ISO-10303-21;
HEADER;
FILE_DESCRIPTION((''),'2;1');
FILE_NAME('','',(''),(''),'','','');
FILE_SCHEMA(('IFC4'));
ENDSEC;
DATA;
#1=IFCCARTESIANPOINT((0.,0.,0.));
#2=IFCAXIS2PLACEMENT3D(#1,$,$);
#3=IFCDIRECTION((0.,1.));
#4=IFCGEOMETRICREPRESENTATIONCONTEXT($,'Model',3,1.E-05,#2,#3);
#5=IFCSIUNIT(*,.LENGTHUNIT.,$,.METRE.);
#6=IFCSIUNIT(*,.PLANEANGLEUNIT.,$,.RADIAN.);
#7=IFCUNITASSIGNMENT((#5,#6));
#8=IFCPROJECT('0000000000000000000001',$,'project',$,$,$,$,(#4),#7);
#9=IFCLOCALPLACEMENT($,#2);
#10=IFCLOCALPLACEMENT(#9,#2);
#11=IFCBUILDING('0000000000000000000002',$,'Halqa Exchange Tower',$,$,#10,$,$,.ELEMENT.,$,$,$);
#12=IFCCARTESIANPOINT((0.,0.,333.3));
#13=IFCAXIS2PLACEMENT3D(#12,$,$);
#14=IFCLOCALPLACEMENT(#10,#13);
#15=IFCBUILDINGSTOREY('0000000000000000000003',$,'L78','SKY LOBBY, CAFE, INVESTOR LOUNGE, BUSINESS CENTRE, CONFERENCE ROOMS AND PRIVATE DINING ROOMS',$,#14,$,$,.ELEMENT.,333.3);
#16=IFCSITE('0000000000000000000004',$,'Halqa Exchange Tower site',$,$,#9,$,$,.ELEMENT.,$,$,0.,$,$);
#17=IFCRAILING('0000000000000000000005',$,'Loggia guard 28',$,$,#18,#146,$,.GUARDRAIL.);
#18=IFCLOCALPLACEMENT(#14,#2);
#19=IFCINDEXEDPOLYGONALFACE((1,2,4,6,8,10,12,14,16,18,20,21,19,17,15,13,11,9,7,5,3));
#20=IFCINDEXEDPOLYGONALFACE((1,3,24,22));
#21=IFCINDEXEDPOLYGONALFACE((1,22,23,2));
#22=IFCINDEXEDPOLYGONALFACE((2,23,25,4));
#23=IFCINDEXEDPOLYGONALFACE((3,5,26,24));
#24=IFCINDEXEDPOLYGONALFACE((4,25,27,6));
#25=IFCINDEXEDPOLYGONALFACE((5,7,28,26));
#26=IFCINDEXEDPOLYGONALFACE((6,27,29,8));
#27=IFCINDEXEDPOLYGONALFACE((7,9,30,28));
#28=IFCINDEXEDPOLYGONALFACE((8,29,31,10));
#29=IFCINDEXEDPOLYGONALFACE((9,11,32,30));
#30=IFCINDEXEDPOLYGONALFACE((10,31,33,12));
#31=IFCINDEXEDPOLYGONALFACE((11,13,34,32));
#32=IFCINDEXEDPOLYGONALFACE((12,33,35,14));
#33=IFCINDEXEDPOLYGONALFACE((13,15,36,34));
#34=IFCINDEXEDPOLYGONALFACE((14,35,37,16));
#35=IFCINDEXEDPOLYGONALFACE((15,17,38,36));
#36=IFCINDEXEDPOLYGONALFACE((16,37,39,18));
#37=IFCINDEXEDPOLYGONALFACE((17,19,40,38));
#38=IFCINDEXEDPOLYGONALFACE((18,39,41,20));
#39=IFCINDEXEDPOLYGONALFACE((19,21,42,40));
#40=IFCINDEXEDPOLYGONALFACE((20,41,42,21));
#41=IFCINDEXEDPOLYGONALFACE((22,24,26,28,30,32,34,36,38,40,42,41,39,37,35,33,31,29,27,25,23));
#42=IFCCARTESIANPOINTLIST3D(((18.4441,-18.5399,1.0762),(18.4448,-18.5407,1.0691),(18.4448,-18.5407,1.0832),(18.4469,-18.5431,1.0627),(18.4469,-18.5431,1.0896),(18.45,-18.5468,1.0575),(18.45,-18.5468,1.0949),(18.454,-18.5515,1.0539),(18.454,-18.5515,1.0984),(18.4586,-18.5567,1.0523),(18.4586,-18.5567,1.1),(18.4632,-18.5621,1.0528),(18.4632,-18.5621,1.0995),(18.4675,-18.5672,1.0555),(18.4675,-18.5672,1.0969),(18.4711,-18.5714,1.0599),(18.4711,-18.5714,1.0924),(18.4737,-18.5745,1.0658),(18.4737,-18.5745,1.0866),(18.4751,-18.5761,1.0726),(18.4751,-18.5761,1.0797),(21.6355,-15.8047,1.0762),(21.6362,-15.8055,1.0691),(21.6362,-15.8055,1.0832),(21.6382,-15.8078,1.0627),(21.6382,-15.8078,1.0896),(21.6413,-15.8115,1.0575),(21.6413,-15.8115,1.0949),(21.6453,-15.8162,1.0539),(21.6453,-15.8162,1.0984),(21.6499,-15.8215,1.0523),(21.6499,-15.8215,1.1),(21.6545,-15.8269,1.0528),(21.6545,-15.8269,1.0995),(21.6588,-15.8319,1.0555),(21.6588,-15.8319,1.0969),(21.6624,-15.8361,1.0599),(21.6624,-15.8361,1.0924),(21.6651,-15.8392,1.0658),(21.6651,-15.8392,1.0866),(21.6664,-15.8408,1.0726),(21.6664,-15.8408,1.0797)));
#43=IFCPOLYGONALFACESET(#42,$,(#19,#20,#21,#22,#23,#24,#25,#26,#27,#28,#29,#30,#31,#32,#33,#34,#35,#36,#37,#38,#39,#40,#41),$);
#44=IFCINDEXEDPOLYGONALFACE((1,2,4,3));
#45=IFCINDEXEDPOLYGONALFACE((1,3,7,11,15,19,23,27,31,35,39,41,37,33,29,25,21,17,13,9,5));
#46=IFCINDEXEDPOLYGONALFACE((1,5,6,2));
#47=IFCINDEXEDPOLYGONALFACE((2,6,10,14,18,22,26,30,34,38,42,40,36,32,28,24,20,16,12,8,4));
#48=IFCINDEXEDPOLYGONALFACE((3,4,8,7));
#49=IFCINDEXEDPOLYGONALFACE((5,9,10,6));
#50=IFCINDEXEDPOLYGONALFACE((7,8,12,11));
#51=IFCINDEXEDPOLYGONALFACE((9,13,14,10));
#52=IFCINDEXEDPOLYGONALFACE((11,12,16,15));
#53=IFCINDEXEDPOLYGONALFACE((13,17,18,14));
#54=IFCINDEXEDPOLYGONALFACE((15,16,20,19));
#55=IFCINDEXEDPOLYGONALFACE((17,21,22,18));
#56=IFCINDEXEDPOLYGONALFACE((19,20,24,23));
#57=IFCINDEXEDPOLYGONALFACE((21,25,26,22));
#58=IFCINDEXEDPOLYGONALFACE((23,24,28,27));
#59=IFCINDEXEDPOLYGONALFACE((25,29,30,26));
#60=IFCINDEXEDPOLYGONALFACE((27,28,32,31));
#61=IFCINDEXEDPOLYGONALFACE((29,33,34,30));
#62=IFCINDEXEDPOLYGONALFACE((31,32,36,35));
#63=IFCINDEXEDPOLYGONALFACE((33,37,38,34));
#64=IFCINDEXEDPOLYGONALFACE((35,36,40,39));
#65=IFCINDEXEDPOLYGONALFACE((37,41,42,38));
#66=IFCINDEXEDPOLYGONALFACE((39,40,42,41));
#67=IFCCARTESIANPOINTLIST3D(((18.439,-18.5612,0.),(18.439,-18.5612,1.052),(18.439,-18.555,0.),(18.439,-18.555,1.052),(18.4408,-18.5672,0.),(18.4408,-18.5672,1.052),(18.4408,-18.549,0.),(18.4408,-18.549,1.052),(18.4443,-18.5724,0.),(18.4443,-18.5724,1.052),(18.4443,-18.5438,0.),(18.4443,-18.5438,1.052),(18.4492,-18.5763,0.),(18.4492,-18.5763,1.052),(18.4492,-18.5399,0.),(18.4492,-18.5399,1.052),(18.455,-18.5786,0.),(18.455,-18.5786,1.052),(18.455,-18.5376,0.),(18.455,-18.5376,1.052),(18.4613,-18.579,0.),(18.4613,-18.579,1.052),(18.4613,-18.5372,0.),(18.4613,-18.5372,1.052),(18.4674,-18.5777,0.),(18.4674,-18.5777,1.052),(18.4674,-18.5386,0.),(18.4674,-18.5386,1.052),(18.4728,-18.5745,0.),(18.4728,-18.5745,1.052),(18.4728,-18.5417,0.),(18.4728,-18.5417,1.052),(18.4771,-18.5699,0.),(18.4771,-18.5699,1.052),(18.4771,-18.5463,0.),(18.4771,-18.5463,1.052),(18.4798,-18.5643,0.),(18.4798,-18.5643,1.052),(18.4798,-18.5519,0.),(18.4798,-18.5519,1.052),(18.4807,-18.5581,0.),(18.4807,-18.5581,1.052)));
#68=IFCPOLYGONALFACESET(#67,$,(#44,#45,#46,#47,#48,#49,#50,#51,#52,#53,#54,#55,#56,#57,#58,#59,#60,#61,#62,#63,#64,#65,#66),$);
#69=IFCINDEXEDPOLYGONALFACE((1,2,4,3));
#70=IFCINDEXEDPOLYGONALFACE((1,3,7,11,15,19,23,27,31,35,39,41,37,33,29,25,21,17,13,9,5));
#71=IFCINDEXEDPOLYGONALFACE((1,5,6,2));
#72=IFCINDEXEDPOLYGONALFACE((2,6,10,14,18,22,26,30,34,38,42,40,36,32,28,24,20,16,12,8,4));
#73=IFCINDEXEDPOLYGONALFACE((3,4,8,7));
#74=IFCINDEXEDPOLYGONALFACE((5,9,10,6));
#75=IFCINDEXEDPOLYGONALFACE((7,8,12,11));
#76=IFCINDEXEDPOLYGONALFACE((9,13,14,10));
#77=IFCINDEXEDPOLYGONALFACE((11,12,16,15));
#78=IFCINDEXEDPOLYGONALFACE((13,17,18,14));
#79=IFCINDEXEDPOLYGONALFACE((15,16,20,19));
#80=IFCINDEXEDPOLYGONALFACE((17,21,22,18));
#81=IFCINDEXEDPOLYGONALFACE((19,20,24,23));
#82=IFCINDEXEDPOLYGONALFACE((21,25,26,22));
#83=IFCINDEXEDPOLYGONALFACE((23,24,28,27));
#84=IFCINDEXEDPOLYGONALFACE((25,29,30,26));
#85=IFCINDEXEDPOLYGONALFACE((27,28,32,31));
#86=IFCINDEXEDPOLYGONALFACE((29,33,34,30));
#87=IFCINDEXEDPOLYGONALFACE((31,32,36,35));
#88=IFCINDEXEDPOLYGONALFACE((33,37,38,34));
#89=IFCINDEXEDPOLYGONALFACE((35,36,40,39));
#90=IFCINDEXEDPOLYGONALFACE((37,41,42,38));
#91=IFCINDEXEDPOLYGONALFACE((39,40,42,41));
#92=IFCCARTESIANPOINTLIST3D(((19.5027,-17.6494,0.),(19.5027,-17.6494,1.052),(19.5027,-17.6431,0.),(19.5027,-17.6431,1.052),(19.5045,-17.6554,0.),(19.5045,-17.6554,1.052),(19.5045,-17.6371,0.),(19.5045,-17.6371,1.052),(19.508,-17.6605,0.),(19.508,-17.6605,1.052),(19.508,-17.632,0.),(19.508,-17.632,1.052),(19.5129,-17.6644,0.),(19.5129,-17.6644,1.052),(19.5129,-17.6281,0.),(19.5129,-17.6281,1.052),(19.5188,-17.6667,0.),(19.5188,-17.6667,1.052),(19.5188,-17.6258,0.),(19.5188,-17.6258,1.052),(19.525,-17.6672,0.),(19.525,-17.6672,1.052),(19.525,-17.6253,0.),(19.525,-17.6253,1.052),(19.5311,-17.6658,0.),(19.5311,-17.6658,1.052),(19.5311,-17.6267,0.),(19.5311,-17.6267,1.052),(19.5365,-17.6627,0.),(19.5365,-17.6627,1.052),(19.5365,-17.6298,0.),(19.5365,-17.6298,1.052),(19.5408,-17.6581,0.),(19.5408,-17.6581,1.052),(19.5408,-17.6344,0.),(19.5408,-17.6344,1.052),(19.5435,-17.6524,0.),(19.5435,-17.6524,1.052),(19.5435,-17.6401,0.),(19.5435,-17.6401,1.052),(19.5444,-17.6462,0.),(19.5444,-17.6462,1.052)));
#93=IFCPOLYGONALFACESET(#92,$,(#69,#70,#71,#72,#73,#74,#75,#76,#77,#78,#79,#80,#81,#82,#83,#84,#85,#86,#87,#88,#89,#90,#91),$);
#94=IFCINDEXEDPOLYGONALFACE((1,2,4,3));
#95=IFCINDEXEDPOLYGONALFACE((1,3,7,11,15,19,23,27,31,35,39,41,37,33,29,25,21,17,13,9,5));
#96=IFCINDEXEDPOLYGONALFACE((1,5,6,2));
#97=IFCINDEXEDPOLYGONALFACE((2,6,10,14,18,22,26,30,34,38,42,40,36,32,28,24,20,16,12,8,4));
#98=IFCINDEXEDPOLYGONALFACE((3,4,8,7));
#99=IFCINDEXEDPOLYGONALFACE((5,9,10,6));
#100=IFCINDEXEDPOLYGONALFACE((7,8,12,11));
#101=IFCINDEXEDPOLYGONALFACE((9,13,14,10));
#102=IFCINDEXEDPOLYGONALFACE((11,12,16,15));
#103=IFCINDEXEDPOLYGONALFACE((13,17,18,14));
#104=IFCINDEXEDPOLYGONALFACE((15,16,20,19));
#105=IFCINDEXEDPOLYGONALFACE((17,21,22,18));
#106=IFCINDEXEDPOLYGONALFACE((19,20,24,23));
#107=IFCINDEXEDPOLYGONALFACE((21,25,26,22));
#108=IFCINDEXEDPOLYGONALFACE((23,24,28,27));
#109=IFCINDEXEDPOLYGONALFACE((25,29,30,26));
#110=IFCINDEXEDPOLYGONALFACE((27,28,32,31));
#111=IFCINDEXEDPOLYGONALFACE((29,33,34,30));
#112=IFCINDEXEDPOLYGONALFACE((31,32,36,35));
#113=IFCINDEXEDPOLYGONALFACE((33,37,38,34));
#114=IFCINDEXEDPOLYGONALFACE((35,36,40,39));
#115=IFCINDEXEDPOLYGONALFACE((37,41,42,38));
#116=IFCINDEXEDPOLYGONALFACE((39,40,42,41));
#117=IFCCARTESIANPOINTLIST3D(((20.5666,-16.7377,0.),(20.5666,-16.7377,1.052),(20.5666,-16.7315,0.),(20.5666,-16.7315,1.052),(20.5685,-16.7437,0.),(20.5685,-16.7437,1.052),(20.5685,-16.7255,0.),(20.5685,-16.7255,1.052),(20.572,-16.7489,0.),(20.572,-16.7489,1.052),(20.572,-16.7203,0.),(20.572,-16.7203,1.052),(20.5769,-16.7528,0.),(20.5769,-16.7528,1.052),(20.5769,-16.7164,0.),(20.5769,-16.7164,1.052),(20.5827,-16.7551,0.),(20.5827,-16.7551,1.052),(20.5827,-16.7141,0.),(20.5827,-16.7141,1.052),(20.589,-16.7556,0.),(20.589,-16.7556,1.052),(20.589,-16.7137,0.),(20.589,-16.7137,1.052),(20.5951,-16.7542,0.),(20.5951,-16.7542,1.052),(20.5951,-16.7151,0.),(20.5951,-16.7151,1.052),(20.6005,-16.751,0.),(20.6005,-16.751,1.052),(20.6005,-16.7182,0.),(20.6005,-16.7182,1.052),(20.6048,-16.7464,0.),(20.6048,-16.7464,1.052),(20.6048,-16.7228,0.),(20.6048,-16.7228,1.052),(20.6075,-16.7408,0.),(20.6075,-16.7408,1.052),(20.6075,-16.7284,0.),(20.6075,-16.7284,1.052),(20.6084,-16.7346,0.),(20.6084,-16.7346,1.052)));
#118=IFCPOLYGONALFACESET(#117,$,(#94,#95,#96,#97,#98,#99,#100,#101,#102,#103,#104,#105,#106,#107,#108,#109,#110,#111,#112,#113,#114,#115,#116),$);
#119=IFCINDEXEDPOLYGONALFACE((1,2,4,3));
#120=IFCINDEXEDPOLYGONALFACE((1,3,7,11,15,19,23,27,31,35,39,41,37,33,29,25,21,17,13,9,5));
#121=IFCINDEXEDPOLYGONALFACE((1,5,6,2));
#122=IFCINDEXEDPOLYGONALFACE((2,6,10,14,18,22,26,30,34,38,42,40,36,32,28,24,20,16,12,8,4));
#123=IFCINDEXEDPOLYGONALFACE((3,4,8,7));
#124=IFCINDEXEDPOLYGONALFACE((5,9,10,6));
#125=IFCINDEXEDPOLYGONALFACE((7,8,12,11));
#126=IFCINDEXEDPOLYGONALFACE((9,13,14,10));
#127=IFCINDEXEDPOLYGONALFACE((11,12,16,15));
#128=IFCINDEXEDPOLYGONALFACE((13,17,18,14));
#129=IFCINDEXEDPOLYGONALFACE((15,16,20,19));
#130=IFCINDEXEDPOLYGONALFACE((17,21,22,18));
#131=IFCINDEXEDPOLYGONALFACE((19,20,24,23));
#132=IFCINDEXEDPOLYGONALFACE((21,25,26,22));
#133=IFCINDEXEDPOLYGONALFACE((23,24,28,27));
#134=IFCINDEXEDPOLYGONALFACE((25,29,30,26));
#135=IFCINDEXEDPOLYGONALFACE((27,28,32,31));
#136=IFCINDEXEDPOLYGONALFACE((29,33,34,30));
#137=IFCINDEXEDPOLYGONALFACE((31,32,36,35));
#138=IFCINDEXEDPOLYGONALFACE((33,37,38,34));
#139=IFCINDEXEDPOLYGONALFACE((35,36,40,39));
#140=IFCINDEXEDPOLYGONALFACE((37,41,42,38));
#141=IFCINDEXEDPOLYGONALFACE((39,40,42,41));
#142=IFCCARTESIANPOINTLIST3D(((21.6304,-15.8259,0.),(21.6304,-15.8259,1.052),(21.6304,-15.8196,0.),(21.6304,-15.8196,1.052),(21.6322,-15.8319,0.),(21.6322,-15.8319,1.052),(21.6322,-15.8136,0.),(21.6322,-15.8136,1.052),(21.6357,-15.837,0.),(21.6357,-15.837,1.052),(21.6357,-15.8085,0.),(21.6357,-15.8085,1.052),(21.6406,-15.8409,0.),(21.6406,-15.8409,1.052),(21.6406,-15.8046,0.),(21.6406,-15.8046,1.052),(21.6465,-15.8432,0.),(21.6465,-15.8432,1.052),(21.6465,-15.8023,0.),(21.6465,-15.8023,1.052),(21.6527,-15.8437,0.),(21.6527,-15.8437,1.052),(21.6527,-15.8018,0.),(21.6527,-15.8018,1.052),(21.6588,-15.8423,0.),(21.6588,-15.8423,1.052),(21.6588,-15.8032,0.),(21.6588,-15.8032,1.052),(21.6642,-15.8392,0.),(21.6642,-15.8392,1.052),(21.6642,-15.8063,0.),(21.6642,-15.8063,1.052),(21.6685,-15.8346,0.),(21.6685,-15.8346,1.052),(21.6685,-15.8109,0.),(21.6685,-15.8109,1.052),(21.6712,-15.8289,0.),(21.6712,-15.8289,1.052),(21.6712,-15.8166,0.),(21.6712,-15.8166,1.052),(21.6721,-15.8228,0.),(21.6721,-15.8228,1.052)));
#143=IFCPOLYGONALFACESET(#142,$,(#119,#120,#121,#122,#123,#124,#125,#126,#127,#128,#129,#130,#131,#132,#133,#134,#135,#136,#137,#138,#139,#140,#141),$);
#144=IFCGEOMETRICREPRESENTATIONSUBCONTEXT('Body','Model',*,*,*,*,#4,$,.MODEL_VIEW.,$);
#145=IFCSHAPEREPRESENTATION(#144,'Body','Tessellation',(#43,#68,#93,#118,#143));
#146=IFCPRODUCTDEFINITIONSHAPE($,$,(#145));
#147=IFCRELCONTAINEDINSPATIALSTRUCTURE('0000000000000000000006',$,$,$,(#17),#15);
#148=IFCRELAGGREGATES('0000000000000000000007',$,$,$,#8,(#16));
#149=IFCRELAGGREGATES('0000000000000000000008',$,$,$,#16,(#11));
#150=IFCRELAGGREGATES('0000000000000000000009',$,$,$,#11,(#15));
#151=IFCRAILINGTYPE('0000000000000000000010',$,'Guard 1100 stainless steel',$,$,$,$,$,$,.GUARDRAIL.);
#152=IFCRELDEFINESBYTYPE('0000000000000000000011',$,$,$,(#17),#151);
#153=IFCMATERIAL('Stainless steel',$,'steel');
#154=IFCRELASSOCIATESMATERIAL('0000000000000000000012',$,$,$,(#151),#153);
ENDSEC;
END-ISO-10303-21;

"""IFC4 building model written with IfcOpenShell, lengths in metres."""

from ifc_helpers import new_model, si_unit, direction, frame, origin, origin_2d, place, context, subcontext, project, spatial, circle, extrude, material, type_object, element, save


model = new_model("IFC4")

# Units and contexts
model_context = context("Model", 3, precision=1e-05, world=origin(), true_north=direction((0.0, 1.0)))
body_context = subcontext(model_context, "Body", "Model", "MODEL_VIEW")
ifc_project = project(units=[si_unit("LENGTHUNIT", "METRE"), si_unit("PLANEANGLEUNIT", "RADIAN")], contexts=[model_context])

# Site, building, storey
site_placement = place(None, origin())
site = spatial("IfcSite", under=ifc_project, at=site_placement, Name="Halqa Exchange Tower site", CompositionType="ELEMENT", RefElevation=0.0)
building_placement = place(site_placement, origin())
building = spatial("IfcBuilding", under=site, at=building_placement, Name="Halqa Exchange Tower", CompositionType="ELEMENT")
storey_placement = place(building_placement, frame((0.0, 0.0, 333.3)))
storey = spatial("IfcBuildingStorey", under=building, at=storey_placement, Name="L78", Description="SKY LOBBY, CAFE, INVESTOR LOUNGE, BUSINESS CENTRE, CONFERENCE ROOMS AND PRIVATE DINING ROOMS", CompositionType="ELEMENT", Elevation=333.3)

# Railing
ifc_material_1 = material(Name="Stainless steel", Category="steel")
railing_type = type_object("IfcRailingType", Name="Guard 1100 stainless steel", PredefinedType="GUARDRAIL", material=ifc_material_1)
railing_1_placement = place(storey_placement, frame((18.4597, -18.5581, 0.0)))
element("IfcRailing", 1, at=railing_1_placement, inside=storey, type_object=railing_type, Name="Loggia guard 28", PredefinedType="GUARDRAIL", context=body_context, shape_type="SweptSolid", body=[
    extrude(circle(Radius=0.0239, at=origin_2d()), frame((0.0, 0.0, 1.0762), z_axis=(0.759273, 0.650772, 0.0), x_axis=(-0.650772, 0.759273, 0.0)), (0.0, 0.0, 1.0), 4.2031),
    extrude(circle(Radius=0.021, at=origin_2d()), origin(), (0.0, 0.0, 1.0), 1.052),
    extrude(circle(Radius=0.021, at=origin_2d()), frame((1.0637, 0.9119, 0.0)), (0.0, 0.0, 1.0), 1.052),
    extrude(circle(Radius=0.021, at=origin_2d()), frame((2.1277, 1.8235, 0.0)), (0.0, 0.0, 1.0), 1.052),
    extrude(circle(Radius=0.021, at=origin_2d()), frame((3.1914, 2.7354, 0.0)), (0.0, 0.0, 1.0), 1.052),
])

save(model, "model.ifc")
